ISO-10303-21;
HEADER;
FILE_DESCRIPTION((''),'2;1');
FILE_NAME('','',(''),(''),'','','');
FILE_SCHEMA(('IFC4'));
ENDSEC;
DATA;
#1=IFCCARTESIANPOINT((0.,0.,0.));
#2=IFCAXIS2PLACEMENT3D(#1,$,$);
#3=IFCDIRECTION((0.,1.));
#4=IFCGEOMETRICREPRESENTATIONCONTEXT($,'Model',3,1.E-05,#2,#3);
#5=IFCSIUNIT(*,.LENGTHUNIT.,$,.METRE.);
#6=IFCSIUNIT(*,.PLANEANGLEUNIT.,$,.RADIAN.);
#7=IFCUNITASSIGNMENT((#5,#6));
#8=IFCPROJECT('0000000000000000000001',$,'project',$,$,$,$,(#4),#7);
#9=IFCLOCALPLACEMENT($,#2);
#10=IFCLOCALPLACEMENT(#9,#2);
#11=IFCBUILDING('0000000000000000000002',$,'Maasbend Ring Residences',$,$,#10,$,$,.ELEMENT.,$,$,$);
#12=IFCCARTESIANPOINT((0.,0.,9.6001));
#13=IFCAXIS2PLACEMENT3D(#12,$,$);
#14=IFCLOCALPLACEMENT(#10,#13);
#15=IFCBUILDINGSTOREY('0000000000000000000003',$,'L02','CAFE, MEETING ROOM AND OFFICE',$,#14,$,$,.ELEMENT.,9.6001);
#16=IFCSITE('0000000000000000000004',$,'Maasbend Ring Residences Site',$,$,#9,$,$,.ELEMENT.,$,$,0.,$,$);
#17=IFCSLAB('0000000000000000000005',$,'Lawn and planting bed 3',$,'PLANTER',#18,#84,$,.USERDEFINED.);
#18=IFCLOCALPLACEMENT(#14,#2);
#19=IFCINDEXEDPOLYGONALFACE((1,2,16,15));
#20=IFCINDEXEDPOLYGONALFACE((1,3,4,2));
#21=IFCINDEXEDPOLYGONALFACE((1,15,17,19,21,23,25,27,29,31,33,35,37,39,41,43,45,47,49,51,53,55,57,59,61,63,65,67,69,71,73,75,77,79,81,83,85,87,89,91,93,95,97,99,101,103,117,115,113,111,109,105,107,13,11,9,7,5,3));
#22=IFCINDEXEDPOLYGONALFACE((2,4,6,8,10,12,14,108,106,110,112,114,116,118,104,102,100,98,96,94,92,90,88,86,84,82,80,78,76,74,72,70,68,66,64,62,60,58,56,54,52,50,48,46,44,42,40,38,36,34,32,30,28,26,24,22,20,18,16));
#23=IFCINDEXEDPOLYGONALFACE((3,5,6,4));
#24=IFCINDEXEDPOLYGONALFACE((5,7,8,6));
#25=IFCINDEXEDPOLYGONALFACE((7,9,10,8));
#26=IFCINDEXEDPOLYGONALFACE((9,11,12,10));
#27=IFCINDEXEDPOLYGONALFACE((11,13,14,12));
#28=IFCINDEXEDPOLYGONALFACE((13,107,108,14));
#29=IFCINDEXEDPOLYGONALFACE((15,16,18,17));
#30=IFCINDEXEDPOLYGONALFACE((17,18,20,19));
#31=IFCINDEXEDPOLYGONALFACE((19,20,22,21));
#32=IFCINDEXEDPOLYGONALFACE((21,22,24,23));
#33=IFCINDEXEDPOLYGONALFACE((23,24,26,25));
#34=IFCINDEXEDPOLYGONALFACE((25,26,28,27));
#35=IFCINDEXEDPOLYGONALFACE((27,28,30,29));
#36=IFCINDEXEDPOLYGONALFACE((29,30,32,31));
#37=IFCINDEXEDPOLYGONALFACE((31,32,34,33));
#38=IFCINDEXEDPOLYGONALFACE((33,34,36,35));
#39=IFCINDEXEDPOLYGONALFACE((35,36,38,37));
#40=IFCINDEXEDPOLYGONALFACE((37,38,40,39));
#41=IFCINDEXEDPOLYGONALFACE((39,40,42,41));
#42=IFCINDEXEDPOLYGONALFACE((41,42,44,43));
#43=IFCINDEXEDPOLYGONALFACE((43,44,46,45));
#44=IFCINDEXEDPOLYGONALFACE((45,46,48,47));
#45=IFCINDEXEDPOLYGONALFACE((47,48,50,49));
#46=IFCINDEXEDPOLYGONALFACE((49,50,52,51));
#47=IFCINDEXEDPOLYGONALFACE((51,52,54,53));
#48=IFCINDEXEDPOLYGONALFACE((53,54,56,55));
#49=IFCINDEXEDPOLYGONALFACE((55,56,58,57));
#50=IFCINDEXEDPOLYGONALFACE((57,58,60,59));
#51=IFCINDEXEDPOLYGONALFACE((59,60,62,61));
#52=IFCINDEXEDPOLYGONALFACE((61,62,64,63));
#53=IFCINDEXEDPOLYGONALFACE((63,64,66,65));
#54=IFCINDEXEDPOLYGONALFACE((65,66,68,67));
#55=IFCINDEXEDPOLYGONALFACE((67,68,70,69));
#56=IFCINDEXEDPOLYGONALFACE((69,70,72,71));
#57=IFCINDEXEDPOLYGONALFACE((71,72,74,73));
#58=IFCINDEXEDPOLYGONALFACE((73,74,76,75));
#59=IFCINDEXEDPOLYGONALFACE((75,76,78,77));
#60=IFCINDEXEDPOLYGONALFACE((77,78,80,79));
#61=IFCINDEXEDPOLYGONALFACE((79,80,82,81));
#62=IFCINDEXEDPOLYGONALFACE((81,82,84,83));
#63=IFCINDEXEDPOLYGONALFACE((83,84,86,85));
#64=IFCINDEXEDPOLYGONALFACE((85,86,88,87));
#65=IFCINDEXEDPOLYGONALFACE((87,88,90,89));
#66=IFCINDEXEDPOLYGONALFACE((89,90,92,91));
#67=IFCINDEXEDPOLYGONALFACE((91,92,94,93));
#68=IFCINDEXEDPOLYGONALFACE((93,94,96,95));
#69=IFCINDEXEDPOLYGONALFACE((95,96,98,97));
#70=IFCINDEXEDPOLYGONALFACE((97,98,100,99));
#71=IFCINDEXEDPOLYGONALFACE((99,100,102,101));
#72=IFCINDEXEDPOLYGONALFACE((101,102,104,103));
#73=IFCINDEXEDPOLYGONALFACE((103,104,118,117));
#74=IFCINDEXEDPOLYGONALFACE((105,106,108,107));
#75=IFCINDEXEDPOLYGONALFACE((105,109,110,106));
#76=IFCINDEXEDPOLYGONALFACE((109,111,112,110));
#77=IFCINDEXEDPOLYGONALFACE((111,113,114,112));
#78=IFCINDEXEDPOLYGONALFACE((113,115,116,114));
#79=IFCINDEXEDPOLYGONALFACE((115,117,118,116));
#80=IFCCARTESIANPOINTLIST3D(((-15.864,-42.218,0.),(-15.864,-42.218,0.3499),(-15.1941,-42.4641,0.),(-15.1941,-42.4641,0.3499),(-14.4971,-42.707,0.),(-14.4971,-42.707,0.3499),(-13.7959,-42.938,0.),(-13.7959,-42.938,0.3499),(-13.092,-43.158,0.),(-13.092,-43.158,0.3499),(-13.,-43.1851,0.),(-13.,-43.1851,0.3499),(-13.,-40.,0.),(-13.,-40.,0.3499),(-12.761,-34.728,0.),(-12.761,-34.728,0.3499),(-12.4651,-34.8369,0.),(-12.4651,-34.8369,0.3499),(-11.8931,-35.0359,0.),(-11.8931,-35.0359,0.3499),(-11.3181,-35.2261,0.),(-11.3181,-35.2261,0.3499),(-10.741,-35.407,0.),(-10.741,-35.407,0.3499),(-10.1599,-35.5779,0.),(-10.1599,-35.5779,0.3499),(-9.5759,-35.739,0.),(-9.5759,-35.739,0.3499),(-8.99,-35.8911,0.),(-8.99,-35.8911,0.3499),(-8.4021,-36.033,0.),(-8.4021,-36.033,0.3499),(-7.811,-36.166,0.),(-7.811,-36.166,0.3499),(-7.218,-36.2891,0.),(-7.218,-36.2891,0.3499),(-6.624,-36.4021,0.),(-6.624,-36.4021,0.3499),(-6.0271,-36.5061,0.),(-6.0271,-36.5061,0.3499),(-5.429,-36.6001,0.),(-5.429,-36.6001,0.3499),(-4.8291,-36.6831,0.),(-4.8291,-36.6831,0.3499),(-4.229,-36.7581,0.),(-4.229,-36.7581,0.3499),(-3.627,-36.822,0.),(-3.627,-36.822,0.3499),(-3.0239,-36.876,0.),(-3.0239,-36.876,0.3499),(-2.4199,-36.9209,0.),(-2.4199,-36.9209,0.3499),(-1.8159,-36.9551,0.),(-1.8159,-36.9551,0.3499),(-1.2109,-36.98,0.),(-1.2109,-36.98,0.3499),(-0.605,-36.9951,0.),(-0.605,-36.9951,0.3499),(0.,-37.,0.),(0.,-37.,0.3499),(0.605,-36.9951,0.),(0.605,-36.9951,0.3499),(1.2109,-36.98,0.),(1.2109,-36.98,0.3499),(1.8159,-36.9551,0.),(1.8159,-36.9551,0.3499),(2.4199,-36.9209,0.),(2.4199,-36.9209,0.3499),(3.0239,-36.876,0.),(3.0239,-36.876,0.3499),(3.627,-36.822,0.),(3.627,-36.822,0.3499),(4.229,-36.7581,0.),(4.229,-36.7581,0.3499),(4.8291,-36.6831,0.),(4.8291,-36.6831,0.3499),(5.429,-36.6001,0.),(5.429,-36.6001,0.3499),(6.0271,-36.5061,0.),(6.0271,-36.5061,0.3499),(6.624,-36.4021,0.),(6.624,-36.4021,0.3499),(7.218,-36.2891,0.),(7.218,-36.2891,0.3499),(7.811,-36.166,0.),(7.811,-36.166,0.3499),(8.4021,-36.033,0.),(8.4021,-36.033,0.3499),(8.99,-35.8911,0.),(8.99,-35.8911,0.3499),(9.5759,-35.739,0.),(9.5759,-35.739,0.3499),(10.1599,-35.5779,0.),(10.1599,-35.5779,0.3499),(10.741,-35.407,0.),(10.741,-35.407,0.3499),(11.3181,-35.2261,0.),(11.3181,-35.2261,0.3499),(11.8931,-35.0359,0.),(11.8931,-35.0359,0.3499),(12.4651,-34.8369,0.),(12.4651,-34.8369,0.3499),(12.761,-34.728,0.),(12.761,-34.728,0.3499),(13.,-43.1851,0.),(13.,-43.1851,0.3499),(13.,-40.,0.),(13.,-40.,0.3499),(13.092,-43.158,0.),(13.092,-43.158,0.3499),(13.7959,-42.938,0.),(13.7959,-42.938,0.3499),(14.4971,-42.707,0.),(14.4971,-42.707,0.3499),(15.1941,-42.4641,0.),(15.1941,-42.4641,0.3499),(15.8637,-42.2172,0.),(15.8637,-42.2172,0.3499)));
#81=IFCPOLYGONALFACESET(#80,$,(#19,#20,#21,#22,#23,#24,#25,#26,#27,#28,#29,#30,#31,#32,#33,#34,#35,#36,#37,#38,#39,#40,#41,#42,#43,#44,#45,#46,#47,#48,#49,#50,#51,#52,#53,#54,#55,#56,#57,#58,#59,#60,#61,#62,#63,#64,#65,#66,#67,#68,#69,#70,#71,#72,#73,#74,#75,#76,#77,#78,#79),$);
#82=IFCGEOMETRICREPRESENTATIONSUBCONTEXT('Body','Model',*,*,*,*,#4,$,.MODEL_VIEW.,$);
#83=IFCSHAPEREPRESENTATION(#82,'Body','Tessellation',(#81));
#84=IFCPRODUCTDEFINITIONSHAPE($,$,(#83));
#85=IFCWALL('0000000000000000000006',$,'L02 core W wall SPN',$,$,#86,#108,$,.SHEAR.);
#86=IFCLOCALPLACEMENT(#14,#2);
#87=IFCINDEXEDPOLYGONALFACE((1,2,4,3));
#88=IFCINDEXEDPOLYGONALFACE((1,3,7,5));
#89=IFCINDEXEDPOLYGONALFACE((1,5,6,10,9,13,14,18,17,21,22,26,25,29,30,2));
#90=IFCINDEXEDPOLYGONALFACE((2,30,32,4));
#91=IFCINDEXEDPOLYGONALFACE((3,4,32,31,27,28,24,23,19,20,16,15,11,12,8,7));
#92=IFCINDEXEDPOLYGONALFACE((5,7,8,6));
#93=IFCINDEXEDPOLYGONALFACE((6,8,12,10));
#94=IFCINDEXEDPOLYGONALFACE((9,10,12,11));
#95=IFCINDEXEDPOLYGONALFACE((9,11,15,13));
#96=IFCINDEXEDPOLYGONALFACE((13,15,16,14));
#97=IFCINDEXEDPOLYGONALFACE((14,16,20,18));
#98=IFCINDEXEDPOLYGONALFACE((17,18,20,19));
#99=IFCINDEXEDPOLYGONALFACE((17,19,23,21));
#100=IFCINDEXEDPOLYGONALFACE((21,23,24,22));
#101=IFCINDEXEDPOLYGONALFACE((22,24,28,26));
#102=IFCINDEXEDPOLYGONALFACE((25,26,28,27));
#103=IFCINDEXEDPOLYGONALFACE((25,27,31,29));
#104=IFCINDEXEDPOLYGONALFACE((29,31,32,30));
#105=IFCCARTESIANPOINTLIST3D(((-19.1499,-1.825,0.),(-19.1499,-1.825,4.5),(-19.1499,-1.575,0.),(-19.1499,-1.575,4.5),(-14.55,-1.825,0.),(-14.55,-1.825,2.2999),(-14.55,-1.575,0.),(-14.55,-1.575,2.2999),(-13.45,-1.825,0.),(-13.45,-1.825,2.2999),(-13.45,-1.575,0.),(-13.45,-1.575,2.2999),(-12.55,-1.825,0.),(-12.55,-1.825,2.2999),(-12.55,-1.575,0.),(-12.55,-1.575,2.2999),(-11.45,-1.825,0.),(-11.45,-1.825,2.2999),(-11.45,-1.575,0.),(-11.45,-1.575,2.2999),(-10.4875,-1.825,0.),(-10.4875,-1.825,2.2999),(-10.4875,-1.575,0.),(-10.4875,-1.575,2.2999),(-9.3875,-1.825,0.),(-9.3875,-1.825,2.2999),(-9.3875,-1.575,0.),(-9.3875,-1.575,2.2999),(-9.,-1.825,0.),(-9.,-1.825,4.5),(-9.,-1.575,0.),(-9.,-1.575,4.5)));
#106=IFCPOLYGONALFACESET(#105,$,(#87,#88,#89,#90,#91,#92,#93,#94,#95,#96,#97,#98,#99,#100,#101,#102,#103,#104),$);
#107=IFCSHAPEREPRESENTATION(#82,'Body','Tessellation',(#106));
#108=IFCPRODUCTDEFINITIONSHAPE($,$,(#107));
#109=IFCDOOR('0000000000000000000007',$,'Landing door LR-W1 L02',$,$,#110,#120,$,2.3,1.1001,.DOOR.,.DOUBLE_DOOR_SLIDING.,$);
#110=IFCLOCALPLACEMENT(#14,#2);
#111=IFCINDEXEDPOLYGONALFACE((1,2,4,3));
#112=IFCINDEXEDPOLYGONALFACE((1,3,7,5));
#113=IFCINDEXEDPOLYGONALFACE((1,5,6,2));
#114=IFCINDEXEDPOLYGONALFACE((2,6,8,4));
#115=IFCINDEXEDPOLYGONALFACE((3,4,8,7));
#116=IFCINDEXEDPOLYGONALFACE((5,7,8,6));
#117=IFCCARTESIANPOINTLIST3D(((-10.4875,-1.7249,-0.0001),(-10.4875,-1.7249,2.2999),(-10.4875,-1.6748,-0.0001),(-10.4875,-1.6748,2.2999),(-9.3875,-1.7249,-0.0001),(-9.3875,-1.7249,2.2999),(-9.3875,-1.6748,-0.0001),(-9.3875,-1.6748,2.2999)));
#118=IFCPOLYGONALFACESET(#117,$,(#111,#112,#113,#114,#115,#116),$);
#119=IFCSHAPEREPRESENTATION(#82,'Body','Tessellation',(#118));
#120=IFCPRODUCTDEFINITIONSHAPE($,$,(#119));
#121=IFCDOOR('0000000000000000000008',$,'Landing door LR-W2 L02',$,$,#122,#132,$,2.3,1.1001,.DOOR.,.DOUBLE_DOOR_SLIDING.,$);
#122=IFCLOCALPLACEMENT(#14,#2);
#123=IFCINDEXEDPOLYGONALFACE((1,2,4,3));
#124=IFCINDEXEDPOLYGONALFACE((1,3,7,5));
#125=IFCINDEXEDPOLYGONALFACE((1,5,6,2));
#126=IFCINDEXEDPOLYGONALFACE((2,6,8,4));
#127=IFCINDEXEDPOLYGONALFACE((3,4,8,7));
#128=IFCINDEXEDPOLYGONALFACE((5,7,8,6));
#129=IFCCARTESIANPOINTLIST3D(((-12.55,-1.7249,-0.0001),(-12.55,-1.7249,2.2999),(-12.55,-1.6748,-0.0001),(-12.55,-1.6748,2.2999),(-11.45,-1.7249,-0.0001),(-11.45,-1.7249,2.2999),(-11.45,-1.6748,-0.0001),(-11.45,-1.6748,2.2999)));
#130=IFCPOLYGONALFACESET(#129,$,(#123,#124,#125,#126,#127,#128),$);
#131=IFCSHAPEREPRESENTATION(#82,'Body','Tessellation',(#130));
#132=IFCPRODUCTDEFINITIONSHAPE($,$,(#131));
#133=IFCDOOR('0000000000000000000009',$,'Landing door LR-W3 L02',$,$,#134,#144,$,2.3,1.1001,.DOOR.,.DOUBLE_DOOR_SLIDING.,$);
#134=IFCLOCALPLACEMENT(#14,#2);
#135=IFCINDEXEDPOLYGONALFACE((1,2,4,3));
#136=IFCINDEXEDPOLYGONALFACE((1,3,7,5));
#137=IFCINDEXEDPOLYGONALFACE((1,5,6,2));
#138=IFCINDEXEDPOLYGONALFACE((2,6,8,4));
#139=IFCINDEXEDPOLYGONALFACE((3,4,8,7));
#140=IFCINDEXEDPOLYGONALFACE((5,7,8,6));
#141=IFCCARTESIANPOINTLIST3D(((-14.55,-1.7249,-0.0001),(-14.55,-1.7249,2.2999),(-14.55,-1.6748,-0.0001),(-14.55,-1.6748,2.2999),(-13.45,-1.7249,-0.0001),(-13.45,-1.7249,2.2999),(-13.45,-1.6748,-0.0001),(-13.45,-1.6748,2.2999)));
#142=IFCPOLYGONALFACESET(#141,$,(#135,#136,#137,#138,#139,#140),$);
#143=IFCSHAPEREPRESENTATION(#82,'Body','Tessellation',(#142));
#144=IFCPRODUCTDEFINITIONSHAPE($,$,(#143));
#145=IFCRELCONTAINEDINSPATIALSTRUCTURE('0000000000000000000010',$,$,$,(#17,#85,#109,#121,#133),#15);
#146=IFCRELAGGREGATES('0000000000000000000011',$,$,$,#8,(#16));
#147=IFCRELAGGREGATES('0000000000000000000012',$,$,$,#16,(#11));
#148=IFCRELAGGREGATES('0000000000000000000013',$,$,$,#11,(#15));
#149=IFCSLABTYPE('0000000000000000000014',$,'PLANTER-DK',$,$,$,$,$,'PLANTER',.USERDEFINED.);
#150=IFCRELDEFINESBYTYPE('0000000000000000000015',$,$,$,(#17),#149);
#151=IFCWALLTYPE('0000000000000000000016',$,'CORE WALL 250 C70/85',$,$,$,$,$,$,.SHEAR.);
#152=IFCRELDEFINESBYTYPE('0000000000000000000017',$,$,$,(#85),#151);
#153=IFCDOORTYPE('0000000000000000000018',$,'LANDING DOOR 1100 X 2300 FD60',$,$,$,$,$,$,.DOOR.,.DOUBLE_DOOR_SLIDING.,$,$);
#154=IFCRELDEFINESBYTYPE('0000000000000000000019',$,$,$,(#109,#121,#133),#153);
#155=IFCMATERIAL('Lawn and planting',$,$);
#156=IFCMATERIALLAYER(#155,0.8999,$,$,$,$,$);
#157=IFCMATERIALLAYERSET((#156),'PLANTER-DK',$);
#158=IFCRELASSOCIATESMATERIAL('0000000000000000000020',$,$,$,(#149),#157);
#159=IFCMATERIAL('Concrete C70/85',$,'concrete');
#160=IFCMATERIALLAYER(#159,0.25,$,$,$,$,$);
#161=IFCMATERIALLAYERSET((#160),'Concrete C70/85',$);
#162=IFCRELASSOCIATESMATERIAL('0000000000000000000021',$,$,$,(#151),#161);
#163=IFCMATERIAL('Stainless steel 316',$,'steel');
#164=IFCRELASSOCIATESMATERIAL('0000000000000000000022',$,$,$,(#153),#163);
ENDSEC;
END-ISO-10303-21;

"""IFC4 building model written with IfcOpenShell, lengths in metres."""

from ifc_helpers import new_model, si_unit, direction, frame, frame_2d, origin, place, context, subcontext, project, spatial, polyline, rectangle, outline, extrude, material, layer, layer_set, type_object, element, fill, save


model = new_model("IFC4")

# Units and contexts
model_context = context("Model", 3, precision=1e-05, world=origin(), true_north=direction((0.0, 1.0)))
body_context = subcontext(model_context, "Body", "Model", "MODEL_VIEW")
ifc_project = project(units=[si_unit("LENGTHUNIT", "METRE"), si_unit("PLANEANGLEUNIT", "RADIAN")], contexts=[model_context])

# Site, building, storey
site_placement = place(None, origin())
site = spatial("IfcSite", under=ifc_project, at=site_placement, Name="Maasbend Ring Residences Site", CompositionType="ELEMENT", RefElevation=0.0)
building_placement = place(site_placement, origin())
building = spatial("IfcBuilding", under=site, at=building_placement, Name="Maasbend Ring Residences", CompositionType="ELEMENT")
storey_placement = place(building_placement, frame((0.0, 0.0, 9.6001)))
storey = spatial("IfcBuildingStorey", under=building, at=storey_placement, Name="L02", Description="CAFE, MEETING ROOM AND OFFICE", CompositionType="ELEMENT", Elevation=9.6001)

# Slab
ifc_material_1 = material(Name="Lawn and planting")
ifc_layer_1 = layer(ifc_material_1, 0.8999)
ifc_layer_set_1 = layer_set([ifc_layer_1], Name="PLANTER-DK")
slab_type_1 = type_object("IfcSlabType", Name="PLANTER-DK", ElementType="PLANTER", PredefinedType="USERDEFINED", material=ifc_layer_set_1)
slab_1_placement = place(storey_placement, origin())
element("IfcSlab", 1, at=slab_1_placement, inside=storey, type_object=slab_type_1, Name="Lawn and planting bed 3", ObjectType="PLANTER", PredefinedType="USERDEFINED", context=body_context, shape_type="SweptSolid", body=[
    extrude(outline(polyline([(14.4971, -42.707), (13.7959, -42.938), (13.092, -43.158), (13.0, -43.1851), (13.0, -40.0), (-13.0, -40.0), (-13.0, -43.1851), (-13.092, -43.158), (-13.7959, -42.938), (-14.4971, -42.707), (-15.1941, -42.4641), (-15.864, -42.218), (-12.761, -34.728), (-12.4651, -34.8369), (-11.8931, -35.0359), (-11.3181, -35.2261), (-10.741, -35.407), (-10.1599, -35.5779), (-9.5759, -35.739), (-8.99, -35.8911), (-8.4021, -36.033), (-7.811, -36.166), (-7.218, -36.2891), (-6.624, -36.4021), (-6.0271, -36.5061), (-5.429, -36.6001), (-4.8291, -36.6831), (-4.229, -36.7581), (-3.627, -36.822), (-3.0239, -36.876), (-2.4199, -36.9209), (-1.8159, -36.9551), (-1.2109, -36.98), (-0.605, -36.9951), (0.0, -37.0), (0.605, -36.9951), (1.2109, -36.98), (1.8159, -36.9551), (2.4199, -36.9209), (3.0239, -36.876), (3.627, -36.822), (4.229, -36.7581), (4.8291, -36.6831), (5.429, -36.6001), (6.0271, -36.5061), (6.624, -36.4021), (7.218, -36.2891), (7.811, -36.166), (8.4021, -36.033), (8.99, -35.8911), (9.5759, -35.739), (10.1599, -35.5779), (10.741, -35.407), (11.3181, -35.2261), (11.8931, -35.0359), (12.4651, -34.8369), (12.761, -34.728), (15.864, -42.218), (15.886, -42.209), (15.1941, -42.4641), (14.4971, -42.707)])), origin(), (0.0, 0.0, 1.0), 0.3499),
])

# Wall, openings, doors
ifc_material_2 = material(Name="Concrete C70/85", Category="concrete")
ifc_layer_2 = layer(ifc_material_2, 0.25)
ifc_layer_set_2 = layer_set([ifc_layer_2], Name="Concrete C70/85")
wall_type_1 = type_object("IfcWallType", Name="CORE WALL 250 C70/85", PredefinedType="SHEAR", material=ifc_layer_set_2)
wall_1_placement = place(storey_placement, frame((-9.0, -1.7, 0.0), z_axis=(0.0, 0.0, 1.0), x_axis=(-1.0, 0.0, 0.0)))
wall_1 = element("IfcWall", 2, at=wall_1_placement, inside=storey, type_object=wall_type_1, Name="L02 core W wall SPN", PredefinedType="SHEAR", context=body_context, shape_type="SweptSolid", body=[
    extrude(rectangle(XDim=10.1499, YDim=0.25, at=frame_2d((5.075, 0.0))), origin(), (0.0, 0.0, 1.0), 4.5),
])
opening_1_placement = place(wall_1_placement, frame((0.3875, 0.0, 0.0)))
opening_1 = element("IfcOpeningElement", 3, at=opening_1_placement, cuts=wall_1, PredefinedType="OPENING", context=body_context, shape_type="SweptSolid", body=[
    extrude(rectangle(XDim=1.1001, YDim=2.3, at=frame_2d((0.55, 1.1499))), frame((0.0, 0.135, 0.0), z_axis=(0.0, -1.0, 0.0), x_axis=(1.0, 0.0, 0.0)), (0.0, 0.0, 1.0), 0.27),
])
opening_2_placement = place(wall_1_placement, frame((2.45, 0.0, 0.0)))
opening_2 = element("IfcOpeningElement", 4, at=opening_2_placement, cuts=wall_1, PredefinedType="OPENING", context=body_context, shape_type="SweptSolid", body=[
    extrude(rectangle(XDim=1.1001, YDim=2.3, at=frame_2d((0.55, 1.1499))), frame((0.0, 0.135, 0.0), z_axis=(0.0, -1.0, 0.0), x_axis=(1.0, 0.0, 0.0)), (0.0, 0.0, 1.0), 0.27),
])
opening_3_placement = place(wall_1_placement, frame((4.45, 0.0, 0.0)))
opening_3 = element("IfcOpeningElement", 5, at=opening_3_placement, cuts=wall_1, PredefinedType="OPENING", context=body_context, shape_type="SweptSolid", body=[
    extrude(rectangle(XDim=1.1001, YDim=2.3, at=frame_2d((0.55, 1.1499))), frame((0.0, 0.135, 0.0), z_axis=(0.0, -1.0, 0.0), x_axis=(1.0, 0.0, 0.0)), (0.0, 0.0, 1.0), 0.27),
])
ifc_material_3 = material(Name="Stainless steel 316", Category="steel")
door_type = type_object("IfcDoorType", Name="LANDING DOOR 1100 X 2300 FD60", OperationType="DOUBLE_DOOR_SLIDING", PredefinedType="DOOR", material=ifc_material_3)
door_1_placement = place(opening_1_placement, origin())
door_1 = element("IfcDoor", 6, at=door_1_placement, inside=storey, type_object=door_type, Name="Landing door LR-W1 L02", OperationType="DOUBLE_DOOR_SLIDING", OverallHeight=2.3, OverallWidth=1.1001, PredefinedType="DOOR", context=body_context, shape_type="SweptSolid", body=[
    extrude(rectangle(XDim=1.1001, YDim=2.3, at=frame_2d((0.55, 1.1499))), frame((0.0, 0.0249, 0.0), z_axis=(0.0, -1.0, 0.0), x_axis=(1.0, 0.0, 0.0)), (0.0, 0.0, 1.0), 0.05),
])
fill(opening_1, door_1)
door_2_placement = place(opening_2_placement, origin())
door_2 = element("IfcDoor", 7, at=door_2_placement, inside=storey, type_object=door_type, Name="Landing door LR-W2 L02", OperationType="DOUBLE_DOOR_SLIDING", OverallHeight=2.3, OverallWidth=1.1001, PredefinedType="DOOR", context=body_context, shape_type="SweptSolid", body=[
    extrude(rectangle(XDim=1.1001, YDim=2.3, at=frame_2d((0.55, 1.1499))), frame((0.0, 0.0249, 0.0), z_axis=(0.0, -1.0, 0.0), x_axis=(1.0, 0.0, 0.0)), (0.0, 0.0, 1.0), 0.05),
])
fill(opening_2, door_2)
door_3_placement = place(opening_3_placement, origin())
door_3 = element("IfcDoor", 8, at=door_3_placement, inside=storey, type_object=door_type, Name="Landing door LR-W3 L02", OperationType="DOUBLE_DOOR_SLIDING", OverallHeight=2.3, OverallWidth=1.1001, PredefinedType="DOOR", context=body_context, shape_type="SweptSolid", body=[
    extrude(rectangle(XDim=1.1001, YDim=2.3, at=frame_2d((0.55, 1.1499))), frame((0.0, 0.0249, 0.0), z_axis=(0.0, -1.0, 0.0), x_axis=(1.0, 0.0, 0.0)), (0.0, 0.0, 1.0), 0.05),
])
fill(opening_3, door_3)

save(model, "model.ifc")
